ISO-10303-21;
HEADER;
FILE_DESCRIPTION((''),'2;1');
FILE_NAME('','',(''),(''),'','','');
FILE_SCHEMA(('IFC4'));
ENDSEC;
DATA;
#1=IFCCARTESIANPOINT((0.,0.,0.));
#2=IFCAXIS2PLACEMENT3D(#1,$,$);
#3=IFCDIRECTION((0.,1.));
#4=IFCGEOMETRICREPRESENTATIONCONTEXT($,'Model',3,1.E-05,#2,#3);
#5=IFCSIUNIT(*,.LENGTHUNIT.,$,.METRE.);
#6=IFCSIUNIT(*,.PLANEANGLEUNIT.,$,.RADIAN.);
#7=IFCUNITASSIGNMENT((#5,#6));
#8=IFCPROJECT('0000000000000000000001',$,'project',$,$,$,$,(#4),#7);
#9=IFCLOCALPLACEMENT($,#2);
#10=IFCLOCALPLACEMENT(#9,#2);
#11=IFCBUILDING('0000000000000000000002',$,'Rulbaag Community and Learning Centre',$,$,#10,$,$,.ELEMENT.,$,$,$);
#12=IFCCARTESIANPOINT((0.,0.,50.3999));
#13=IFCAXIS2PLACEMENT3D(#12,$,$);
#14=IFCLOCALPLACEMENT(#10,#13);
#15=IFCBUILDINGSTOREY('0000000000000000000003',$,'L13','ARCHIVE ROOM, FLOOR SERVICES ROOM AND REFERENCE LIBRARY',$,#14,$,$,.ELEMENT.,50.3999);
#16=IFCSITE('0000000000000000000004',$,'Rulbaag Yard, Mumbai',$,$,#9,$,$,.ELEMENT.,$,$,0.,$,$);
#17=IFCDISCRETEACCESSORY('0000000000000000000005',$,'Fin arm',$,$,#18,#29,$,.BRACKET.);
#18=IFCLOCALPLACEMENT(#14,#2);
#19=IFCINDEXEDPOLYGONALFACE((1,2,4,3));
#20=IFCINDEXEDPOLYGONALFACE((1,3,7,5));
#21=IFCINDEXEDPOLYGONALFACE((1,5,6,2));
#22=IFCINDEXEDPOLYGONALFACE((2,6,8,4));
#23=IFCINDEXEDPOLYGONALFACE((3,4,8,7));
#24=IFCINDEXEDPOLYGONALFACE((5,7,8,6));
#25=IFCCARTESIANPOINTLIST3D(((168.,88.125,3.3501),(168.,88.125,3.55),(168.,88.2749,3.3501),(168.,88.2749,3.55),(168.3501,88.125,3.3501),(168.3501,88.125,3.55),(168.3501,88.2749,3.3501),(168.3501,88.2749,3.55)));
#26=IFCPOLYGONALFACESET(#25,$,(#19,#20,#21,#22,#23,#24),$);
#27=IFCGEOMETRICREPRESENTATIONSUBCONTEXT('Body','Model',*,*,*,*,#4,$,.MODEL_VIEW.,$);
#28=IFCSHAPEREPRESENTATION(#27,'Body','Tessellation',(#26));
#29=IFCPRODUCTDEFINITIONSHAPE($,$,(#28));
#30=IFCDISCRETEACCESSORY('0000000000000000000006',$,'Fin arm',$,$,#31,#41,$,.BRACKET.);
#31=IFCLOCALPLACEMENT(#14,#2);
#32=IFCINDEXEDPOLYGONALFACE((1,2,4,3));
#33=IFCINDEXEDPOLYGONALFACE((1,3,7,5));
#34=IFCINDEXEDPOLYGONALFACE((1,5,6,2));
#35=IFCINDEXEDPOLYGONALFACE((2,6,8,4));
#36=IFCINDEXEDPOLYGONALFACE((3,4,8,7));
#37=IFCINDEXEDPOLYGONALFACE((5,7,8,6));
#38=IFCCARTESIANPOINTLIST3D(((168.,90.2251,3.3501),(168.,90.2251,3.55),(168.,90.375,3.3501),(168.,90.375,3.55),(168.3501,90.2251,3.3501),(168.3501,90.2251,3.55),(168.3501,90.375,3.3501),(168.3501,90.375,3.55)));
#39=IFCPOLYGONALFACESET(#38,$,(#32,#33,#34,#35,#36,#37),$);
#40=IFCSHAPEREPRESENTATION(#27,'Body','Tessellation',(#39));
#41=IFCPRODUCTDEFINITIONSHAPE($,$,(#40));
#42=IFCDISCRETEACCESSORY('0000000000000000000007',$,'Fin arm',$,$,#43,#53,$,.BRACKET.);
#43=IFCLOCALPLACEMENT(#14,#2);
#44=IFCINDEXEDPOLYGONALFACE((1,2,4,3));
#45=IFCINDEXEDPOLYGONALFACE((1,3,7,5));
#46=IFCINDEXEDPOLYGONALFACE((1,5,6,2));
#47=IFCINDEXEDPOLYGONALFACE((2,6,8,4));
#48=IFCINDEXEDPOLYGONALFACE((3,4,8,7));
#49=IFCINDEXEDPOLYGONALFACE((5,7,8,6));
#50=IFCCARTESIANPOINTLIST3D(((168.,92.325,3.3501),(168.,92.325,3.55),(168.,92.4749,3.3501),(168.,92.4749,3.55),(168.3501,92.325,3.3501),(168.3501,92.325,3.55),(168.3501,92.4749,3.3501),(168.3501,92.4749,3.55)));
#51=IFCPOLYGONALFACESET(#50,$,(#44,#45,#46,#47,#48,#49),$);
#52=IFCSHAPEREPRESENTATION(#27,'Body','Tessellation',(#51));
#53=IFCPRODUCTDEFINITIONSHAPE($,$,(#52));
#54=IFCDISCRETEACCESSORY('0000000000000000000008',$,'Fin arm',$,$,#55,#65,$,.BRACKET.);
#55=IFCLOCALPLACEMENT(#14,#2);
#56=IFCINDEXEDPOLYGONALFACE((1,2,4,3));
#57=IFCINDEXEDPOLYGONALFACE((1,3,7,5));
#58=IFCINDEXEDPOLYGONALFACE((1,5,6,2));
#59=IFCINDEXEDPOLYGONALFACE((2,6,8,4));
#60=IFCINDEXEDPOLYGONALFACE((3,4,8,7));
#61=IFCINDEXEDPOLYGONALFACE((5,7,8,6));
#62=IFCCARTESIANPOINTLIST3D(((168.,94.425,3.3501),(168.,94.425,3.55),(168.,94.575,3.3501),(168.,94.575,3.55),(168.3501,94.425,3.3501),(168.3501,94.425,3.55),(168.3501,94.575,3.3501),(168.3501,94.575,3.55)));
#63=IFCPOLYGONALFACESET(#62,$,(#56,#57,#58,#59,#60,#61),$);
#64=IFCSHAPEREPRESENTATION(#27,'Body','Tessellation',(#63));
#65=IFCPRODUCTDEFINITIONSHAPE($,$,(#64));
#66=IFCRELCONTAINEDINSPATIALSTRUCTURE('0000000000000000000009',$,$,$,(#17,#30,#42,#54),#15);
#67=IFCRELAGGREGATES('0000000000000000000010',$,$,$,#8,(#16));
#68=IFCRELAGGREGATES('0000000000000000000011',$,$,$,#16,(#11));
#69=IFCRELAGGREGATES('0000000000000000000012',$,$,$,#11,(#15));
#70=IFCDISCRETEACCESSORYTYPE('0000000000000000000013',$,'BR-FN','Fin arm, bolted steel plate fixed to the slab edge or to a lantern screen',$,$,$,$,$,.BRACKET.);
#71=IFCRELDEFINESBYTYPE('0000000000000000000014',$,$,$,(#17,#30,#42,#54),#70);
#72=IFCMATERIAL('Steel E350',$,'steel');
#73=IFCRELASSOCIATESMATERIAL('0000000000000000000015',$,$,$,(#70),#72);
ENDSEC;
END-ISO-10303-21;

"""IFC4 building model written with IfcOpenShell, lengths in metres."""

from ifc_helpers import new_model, si_unit, direction, frame, origin, origin_2d, place, context, subcontext, project, spatial, rectangle, extrude, material, type_object, element, save


model = new_model("IFC4")

# Units and contexts
model_context = context("Model", 3, precision=1e-05, world=origin(), true_north=direction((0.0, 1.0)))
body_context = subcontext(model_context, "Body", "Model", "MODEL_VIEW")
ifc_project = project(units=[si_unit("LENGTHUNIT", "METRE"), si_unit("PLANEANGLEUNIT", "RADIAN")], contexts=[model_context])

# Site, building, storey
site_placement = place(None, origin())
site = spatial("IfcSite", under=ifc_project, at=site_placement, Name="Rulbaag Yard, Mumbai", CompositionType="ELEMENT", RefElevation=0.0)
building_placement = place(site_placement, origin())
building = spatial("IfcBuilding", under=site, at=building_placement, Name="Rulbaag Community and Learning Centre", CompositionType="ELEMENT")
storey_placement = place(building_placement, frame((0.0, 0.0, 50.3999)))
storey = spatial("IfcBuildingStorey", under=building, at=storey_placement, Name="L13", Description="ARCHIVE ROOM, FLOOR SERVICES ROOM AND REFERENCE LIBRARY", CompositionType="ELEMENT", Elevation=50.3999)

# Discrete accessories
ifc_material_1 = material(Name="Steel E350", Category="steel")
discrete_accessory_type = type_object("IfcDiscreteAccessoryType", Name="BR-FN", Description="Fin arm, bolted steel plate fixed to the slab edge or to a lantern screen", PredefinedType="BRACKET", material=ifc_material_1)
for number, where, z_axis, x_axis, name in (
    (1, (168.175, 88.2, 3.3501), (0.0, 0.0, 1.0), (1.0, 0.0, 0.0), "Fin arm"),
    (2, (168.175, 90.3, 3.3501), (0.0, 0.0, 1.0), (1.0, 0.0, 0.0), "Fin arm"),
    (3, (168.175, 92.3999, 3.3501), (0.0, 0.0, 1.0), (1.0, 0.0, 0.0), "Fin arm"),
    (4, (168.175, 94.5, 3.3501), (0.0, 0.0, 1.0), (1.0, 0.0, 0.0), "Fin arm"),
):
    element("IfcDiscreteAccessory", number, at=place(storey_placement, frame(where, z_axis=z_axis, x_axis=x_axis)), inside=storey, type_object=discrete_accessory_type, Name=name, PredefinedType="BRACKET", context=body_context, shape_type="SweptSolid", body=[
        extrude(rectangle(XDim=0.3501, YDim=0.1499, at=origin_2d()), origin(), (0.0, 0.0, 1.0), 0.2),
    ])

save(model, "model.ifc")
